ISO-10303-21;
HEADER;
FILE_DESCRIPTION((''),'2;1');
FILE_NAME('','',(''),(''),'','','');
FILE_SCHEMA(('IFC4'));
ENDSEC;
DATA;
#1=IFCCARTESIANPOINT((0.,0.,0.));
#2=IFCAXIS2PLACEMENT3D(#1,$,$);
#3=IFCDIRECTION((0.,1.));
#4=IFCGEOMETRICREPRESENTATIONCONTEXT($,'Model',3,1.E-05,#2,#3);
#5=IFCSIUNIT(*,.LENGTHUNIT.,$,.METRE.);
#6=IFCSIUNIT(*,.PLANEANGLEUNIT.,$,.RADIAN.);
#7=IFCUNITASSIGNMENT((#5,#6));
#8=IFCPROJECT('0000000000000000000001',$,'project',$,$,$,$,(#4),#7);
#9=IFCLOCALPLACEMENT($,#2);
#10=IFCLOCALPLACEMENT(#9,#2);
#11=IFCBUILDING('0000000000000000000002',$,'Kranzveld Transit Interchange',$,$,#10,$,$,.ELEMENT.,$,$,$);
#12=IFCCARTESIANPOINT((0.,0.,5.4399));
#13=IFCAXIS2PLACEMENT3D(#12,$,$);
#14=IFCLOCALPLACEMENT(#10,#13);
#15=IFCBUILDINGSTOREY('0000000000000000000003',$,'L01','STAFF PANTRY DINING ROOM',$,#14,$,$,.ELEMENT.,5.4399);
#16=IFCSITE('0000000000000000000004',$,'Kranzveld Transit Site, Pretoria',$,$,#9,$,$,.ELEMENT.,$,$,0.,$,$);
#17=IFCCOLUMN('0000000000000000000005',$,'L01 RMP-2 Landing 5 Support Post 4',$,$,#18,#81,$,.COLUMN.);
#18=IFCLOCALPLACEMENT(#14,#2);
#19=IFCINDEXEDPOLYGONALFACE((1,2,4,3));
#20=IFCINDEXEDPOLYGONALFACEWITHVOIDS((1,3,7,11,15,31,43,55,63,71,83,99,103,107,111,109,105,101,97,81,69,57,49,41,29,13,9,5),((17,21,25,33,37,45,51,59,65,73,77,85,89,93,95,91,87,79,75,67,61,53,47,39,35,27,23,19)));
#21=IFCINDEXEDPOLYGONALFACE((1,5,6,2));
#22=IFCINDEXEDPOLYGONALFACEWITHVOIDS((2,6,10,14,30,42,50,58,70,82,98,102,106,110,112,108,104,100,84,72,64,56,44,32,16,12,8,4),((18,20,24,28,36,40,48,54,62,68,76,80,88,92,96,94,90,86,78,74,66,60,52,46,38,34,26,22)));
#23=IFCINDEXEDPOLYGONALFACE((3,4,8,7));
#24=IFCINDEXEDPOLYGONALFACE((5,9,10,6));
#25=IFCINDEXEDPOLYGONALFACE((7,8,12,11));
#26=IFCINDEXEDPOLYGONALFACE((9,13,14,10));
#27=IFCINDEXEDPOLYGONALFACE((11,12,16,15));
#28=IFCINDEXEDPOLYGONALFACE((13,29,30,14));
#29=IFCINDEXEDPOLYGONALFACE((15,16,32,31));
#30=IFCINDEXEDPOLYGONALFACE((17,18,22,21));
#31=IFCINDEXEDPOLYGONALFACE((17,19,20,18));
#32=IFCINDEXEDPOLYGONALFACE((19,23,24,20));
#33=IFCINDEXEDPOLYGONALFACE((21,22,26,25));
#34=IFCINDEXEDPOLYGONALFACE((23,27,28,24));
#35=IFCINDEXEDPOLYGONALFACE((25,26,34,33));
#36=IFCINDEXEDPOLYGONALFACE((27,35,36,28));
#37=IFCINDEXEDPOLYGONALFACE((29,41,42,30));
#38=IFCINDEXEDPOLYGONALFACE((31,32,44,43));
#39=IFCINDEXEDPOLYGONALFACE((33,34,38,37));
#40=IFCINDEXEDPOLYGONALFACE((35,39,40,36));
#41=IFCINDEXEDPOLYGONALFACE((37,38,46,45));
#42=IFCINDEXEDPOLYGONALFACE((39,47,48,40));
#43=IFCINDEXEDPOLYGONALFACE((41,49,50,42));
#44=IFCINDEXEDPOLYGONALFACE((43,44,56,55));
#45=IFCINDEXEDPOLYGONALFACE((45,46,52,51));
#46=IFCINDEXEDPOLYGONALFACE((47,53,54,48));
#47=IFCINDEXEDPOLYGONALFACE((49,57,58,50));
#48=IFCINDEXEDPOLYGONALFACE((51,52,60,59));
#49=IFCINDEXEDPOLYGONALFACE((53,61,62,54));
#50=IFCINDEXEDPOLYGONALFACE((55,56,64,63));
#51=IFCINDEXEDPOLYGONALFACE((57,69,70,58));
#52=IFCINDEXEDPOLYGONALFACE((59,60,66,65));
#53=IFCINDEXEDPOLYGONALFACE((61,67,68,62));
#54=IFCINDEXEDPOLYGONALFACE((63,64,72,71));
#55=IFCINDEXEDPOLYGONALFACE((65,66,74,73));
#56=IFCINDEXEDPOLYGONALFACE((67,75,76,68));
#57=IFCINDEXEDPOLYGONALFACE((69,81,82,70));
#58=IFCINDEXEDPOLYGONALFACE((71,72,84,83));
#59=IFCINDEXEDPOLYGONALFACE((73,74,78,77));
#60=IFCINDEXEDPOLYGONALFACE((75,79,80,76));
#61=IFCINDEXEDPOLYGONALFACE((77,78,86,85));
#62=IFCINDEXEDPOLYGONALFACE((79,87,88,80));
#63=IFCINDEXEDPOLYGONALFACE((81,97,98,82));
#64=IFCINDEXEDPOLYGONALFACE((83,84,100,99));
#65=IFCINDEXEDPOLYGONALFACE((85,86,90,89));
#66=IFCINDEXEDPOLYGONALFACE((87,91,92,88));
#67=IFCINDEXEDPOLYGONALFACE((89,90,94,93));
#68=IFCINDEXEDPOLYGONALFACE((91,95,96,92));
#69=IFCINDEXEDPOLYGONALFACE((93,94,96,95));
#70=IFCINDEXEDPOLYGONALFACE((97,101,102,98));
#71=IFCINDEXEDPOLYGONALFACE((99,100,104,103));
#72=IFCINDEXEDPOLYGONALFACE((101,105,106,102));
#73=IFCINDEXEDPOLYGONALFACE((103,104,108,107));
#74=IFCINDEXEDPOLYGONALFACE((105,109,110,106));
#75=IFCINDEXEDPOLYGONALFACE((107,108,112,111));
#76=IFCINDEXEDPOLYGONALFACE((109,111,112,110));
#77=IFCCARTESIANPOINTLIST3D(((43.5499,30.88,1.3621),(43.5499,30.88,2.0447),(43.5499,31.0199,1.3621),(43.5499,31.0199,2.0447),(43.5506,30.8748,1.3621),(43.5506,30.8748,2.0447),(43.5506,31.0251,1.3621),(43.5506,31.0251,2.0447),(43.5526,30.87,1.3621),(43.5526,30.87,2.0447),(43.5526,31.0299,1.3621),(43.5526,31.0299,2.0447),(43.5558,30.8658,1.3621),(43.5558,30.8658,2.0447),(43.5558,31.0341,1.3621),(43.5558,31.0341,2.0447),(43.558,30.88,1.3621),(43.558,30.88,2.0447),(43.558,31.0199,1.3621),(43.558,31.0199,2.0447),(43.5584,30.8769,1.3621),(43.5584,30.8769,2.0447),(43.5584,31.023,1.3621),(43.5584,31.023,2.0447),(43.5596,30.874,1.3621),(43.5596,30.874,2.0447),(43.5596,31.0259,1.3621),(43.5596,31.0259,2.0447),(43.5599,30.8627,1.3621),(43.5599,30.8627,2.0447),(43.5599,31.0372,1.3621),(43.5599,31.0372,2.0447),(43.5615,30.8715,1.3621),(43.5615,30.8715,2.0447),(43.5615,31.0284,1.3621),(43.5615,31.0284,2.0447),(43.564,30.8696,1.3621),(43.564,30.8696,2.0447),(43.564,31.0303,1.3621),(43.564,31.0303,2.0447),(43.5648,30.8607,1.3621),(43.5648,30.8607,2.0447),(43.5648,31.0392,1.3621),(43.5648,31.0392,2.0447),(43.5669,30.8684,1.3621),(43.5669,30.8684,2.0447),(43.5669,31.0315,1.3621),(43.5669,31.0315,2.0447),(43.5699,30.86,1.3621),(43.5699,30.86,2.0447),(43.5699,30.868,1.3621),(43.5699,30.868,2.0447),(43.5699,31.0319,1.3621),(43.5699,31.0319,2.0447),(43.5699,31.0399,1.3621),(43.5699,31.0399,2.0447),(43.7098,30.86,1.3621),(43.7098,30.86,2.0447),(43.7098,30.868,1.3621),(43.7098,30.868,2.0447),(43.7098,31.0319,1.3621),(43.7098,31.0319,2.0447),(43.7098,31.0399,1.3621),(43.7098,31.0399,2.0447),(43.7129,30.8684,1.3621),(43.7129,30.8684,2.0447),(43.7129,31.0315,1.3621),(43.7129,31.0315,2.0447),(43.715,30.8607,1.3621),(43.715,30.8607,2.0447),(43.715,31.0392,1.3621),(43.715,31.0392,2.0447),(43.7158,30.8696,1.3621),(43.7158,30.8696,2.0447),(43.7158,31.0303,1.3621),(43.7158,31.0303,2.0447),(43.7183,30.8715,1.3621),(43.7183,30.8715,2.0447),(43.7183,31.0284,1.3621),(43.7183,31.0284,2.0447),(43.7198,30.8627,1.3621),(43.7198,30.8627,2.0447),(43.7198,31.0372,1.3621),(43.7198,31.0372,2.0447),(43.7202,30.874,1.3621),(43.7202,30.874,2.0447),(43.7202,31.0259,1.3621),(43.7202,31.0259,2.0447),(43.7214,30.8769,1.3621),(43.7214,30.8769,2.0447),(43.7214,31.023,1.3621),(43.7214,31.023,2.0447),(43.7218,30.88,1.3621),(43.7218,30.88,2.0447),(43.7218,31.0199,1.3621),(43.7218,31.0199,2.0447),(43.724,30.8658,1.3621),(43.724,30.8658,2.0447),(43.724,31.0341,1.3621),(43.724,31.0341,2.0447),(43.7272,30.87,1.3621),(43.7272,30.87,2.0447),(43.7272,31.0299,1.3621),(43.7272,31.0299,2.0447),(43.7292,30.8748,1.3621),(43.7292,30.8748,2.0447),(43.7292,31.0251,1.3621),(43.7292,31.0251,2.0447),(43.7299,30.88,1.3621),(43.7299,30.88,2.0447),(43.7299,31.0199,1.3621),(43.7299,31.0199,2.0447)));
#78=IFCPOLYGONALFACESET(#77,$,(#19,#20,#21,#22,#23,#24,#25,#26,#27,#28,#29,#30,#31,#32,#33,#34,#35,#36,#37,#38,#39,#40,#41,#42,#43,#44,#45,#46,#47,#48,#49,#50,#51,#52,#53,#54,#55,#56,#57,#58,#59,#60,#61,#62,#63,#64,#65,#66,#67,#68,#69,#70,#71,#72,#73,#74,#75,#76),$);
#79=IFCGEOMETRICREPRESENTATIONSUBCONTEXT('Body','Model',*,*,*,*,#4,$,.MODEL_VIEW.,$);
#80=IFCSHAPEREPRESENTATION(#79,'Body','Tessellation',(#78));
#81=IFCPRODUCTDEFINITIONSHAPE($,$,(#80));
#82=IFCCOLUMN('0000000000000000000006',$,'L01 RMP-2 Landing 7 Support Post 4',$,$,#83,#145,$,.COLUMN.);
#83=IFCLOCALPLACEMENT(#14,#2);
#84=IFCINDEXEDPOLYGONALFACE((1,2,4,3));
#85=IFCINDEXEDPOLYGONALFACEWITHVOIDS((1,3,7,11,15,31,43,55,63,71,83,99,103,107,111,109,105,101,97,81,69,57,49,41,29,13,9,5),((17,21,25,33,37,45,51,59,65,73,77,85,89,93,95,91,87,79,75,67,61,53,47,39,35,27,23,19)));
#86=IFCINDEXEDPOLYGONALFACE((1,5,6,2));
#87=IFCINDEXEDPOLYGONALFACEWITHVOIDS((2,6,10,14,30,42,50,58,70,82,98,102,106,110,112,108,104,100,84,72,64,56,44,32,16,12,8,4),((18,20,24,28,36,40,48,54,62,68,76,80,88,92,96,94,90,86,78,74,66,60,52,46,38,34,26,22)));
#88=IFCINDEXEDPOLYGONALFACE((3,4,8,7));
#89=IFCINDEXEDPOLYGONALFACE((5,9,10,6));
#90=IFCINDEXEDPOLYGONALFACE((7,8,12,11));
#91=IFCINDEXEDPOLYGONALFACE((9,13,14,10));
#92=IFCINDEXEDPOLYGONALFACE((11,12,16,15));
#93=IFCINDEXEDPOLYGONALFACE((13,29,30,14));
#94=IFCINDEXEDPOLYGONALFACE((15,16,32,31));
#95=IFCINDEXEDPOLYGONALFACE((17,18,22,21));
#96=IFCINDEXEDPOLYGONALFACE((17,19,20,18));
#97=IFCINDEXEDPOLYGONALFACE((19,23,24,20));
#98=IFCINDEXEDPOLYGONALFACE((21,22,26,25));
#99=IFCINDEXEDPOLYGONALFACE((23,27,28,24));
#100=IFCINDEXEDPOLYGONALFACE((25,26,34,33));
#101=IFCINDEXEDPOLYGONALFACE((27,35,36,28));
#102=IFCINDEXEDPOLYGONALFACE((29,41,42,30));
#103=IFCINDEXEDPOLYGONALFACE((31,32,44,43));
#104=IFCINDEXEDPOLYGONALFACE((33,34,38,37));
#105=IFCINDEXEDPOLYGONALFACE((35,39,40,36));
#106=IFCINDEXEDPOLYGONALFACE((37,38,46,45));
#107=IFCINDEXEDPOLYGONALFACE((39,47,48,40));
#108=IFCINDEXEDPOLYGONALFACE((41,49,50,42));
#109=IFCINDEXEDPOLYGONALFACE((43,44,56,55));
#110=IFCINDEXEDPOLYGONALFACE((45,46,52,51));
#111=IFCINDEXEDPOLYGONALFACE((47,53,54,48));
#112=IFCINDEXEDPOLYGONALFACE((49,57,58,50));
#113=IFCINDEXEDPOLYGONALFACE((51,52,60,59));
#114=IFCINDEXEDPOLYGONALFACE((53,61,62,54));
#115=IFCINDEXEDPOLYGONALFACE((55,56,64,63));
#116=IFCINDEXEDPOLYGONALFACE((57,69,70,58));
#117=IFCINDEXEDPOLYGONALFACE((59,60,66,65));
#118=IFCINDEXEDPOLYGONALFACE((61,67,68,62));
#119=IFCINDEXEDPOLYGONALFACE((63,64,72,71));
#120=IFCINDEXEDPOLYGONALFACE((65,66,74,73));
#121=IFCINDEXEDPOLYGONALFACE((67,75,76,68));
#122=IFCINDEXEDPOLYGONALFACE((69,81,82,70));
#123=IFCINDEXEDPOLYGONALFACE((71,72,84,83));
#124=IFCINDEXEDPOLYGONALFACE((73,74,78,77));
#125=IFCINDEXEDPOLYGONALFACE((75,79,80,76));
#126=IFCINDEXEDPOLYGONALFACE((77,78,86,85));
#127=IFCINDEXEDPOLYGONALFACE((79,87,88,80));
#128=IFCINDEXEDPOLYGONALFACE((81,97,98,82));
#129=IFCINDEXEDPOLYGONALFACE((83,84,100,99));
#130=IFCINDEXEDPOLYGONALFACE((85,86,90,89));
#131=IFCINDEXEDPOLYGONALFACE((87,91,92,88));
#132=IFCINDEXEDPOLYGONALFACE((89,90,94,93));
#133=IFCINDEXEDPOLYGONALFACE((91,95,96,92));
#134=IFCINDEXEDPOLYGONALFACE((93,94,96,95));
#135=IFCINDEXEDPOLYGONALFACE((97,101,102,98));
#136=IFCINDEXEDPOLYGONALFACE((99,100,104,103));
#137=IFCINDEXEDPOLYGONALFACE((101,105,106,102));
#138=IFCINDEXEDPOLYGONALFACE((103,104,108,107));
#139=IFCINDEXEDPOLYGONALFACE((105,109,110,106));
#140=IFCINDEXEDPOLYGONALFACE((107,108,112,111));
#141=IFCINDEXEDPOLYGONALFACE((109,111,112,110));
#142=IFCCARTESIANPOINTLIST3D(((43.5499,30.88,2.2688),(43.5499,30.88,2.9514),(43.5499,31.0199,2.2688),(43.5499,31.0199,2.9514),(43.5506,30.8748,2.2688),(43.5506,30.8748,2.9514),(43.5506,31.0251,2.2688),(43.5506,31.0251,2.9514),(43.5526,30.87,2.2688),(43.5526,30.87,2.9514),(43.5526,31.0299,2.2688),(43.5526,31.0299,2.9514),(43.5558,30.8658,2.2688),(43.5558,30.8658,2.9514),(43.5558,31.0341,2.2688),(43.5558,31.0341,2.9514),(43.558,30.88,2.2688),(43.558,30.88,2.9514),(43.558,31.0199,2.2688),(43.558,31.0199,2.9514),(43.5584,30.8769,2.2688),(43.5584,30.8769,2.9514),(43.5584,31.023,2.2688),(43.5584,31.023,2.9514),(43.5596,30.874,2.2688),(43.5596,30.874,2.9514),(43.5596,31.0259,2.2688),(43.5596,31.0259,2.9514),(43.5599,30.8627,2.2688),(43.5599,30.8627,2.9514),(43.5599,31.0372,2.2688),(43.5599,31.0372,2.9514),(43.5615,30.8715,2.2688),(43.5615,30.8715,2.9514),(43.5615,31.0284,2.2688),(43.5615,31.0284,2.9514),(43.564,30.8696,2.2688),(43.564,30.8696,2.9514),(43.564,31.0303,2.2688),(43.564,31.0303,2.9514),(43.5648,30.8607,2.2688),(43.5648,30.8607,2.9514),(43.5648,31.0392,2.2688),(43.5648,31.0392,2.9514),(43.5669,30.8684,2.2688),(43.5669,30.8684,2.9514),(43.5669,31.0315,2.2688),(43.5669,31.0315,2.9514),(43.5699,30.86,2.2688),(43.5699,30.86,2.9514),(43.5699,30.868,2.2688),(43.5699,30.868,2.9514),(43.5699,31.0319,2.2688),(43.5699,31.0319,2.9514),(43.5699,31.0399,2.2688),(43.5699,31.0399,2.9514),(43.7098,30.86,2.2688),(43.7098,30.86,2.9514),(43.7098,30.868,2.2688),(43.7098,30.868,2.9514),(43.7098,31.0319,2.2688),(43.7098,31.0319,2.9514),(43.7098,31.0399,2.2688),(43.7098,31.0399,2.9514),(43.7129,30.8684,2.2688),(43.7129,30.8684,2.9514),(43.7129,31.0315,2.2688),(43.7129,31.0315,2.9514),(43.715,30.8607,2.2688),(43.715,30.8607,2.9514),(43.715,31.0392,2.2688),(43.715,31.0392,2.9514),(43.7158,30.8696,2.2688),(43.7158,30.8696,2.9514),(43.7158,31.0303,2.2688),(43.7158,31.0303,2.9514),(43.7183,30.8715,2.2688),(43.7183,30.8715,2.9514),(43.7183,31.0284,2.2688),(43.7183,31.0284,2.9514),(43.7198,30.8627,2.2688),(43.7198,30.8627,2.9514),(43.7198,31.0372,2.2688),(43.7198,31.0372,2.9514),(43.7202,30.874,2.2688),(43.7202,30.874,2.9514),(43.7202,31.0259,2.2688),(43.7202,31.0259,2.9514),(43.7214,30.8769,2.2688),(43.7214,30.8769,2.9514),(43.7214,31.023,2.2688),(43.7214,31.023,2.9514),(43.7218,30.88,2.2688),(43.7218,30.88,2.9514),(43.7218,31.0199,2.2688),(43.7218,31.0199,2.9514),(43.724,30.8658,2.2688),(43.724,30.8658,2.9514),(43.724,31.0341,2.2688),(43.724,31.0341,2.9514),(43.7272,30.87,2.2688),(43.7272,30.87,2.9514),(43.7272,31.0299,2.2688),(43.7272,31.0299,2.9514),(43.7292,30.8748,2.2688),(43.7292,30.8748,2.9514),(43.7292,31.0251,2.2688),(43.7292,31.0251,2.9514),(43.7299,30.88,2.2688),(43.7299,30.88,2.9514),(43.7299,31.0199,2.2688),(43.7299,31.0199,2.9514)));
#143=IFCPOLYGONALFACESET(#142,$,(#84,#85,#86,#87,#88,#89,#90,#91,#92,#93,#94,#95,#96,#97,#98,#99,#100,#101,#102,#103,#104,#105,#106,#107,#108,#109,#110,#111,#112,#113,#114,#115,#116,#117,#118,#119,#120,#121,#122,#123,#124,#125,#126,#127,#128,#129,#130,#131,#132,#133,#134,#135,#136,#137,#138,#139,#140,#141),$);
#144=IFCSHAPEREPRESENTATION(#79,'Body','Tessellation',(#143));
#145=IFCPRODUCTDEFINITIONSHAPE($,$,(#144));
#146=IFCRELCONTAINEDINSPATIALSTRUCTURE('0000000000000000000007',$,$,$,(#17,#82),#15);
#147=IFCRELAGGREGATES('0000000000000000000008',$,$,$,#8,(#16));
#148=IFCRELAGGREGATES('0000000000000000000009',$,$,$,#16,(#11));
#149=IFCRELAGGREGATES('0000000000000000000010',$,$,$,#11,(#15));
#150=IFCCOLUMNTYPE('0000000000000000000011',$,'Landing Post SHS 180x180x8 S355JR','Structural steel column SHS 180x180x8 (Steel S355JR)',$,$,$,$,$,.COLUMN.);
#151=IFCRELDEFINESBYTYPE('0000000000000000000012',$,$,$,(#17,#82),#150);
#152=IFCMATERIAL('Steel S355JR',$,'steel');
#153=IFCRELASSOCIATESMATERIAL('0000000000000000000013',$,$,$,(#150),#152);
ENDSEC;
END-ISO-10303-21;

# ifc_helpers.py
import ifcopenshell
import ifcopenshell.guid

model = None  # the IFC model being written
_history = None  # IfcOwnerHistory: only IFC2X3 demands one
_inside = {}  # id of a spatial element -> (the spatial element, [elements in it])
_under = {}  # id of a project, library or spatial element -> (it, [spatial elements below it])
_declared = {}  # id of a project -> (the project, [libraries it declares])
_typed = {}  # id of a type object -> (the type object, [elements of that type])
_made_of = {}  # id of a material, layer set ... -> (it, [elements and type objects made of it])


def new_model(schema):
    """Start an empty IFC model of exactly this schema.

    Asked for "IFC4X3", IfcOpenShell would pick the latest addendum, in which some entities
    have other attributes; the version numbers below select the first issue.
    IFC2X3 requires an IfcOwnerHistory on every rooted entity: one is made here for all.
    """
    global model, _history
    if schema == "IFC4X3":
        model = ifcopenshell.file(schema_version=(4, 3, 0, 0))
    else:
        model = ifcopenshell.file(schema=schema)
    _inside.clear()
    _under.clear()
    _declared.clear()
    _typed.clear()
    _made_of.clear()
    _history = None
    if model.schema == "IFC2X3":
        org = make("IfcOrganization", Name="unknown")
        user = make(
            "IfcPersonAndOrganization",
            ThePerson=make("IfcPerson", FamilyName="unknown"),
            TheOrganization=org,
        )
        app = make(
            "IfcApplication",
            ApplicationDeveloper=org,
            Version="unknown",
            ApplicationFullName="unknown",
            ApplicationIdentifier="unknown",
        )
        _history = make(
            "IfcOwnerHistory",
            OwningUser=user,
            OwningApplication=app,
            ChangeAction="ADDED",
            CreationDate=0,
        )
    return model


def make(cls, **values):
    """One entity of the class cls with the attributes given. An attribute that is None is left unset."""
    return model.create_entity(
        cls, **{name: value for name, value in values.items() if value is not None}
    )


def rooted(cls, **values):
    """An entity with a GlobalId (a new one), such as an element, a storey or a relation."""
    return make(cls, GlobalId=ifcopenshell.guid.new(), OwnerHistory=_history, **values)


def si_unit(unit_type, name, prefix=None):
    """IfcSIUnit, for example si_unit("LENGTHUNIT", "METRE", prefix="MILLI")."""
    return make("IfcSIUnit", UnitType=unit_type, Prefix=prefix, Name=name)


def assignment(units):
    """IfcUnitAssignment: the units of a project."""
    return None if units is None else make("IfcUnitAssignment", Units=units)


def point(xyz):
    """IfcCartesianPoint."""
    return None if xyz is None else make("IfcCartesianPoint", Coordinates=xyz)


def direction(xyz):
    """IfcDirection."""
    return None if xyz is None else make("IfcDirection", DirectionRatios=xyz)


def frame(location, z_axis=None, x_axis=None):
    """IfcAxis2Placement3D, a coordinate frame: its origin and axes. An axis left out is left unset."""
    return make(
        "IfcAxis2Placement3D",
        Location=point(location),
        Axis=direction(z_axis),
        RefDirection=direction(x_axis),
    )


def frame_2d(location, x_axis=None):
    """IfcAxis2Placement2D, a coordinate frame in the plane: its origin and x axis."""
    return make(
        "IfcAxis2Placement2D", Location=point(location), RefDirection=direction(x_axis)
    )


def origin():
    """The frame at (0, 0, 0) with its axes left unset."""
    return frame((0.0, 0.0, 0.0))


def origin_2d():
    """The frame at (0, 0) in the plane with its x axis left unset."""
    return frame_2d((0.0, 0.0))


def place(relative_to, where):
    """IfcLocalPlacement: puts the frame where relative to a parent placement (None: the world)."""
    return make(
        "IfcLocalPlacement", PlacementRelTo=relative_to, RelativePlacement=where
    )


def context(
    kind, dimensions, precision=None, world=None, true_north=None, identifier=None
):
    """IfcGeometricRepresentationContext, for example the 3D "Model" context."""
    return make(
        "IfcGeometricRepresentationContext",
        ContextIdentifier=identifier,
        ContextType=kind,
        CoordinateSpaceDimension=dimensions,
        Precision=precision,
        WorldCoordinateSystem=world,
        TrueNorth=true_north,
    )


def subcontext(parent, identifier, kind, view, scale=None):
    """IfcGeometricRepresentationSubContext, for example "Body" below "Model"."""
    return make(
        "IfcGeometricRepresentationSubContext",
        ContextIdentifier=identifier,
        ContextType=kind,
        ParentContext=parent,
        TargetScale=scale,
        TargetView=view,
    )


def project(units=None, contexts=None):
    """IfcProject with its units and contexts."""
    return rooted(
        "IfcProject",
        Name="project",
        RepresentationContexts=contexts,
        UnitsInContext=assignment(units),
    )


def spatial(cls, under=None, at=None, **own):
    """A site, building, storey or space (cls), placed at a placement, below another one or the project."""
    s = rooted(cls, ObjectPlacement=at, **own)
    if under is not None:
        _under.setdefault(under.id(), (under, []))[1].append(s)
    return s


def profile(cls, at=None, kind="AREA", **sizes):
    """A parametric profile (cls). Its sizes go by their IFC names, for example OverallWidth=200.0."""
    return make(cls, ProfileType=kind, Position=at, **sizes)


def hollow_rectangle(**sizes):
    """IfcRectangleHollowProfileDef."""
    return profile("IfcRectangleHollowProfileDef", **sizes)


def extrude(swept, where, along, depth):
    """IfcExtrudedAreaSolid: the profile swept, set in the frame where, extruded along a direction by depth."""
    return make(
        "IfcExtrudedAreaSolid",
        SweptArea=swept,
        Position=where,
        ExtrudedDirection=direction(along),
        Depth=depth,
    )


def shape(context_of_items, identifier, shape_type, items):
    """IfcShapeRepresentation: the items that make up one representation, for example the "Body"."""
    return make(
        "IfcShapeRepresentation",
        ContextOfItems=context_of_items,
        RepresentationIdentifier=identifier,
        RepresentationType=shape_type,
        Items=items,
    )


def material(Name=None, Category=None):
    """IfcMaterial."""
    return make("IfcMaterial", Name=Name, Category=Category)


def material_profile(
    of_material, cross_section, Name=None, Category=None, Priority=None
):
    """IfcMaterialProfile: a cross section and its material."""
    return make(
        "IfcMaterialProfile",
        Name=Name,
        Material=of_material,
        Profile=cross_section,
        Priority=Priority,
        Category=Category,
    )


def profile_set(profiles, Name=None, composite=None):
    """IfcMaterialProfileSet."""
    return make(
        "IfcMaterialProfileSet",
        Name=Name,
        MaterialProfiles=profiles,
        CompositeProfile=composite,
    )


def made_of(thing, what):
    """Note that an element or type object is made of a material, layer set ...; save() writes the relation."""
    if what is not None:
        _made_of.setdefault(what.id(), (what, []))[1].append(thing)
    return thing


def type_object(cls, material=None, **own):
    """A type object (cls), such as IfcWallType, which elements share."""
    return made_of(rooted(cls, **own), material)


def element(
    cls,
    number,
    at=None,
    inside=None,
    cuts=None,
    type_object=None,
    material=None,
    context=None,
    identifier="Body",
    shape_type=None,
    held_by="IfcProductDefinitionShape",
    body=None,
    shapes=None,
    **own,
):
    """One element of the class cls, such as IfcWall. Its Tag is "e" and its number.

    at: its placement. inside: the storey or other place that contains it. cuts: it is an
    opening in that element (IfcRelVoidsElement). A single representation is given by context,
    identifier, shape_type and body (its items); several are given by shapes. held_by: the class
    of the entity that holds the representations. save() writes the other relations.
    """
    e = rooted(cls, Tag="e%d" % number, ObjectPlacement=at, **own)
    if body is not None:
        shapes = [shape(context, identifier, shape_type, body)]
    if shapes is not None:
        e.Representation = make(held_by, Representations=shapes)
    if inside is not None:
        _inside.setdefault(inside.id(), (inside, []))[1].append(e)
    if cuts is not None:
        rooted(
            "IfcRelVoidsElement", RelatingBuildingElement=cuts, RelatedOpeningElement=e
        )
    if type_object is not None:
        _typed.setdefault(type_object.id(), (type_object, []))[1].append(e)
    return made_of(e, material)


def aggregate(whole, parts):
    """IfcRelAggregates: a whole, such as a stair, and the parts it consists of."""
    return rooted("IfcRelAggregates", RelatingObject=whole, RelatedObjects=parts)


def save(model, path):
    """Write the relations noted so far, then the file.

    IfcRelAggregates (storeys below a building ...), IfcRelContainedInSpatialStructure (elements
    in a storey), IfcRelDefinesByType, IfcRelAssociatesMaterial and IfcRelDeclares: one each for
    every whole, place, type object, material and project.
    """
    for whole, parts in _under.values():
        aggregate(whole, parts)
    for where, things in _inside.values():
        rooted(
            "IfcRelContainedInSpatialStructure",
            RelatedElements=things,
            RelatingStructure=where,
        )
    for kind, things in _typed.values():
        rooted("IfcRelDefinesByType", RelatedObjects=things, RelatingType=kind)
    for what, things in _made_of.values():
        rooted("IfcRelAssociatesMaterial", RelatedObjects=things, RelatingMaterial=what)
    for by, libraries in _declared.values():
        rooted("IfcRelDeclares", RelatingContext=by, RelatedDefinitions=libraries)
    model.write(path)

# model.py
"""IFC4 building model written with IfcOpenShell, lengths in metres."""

from ifc_helpers import new_model, si_unit, direction, frame, origin, origin_2d, place, context, subcontext, project, spatial, hollow_rectangle, extrude, material, material_profile, profile_set, type_object, element, save


model = new_model("IFC4")

# Units and contexts
model_context = context("Model", 3, precision=1e-05, world=origin(), true_north=direction((0.0, 1.0)))
body_context = subcontext(model_context, "Body", "Model", "MODEL_VIEW")
ifc_project = project(units=[si_unit("LENGTHUNIT", "METRE"), si_unit("PLANEANGLEUNIT", "RADIAN")], contexts=[model_context])

# Site, building, storey
site_placement = place(None, origin())
site = spatial("IfcSite", under=ifc_project, at=site_placement, Name="Kranzveld Transit Site, Pretoria", CompositionType="ELEMENT", RefElevation=0.0)
building_placement = place(site_placement, origin())
building = spatial("IfcBuilding", under=site, at=building_placement, Name="Kranzveld Transit Interchange", CompositionType="ELEMENT")
storey_placement = place(building_placement, frame((0.0, 0.0, 5.4399)))
storey = spatial("IfcBuildingStorey", under=building, at=storey_placement, Name="L01", Description="STAFF PANTRY DINING ROOM", CompositionType="ELEMENT", Elevation=5.4399)

# Columns
ifc_material_1 = material(Name="Steel S355JR", Category="steel")
ifc_material_profile_1 = material_profile(ifc_material_1, hollow_rectangle(XDim=0.1799, YDim=0.1799, WallThickness=0.0081, InnerFilletRadius=0.012, OuterFilletRadius=0.02, at=origin_2d()), Name="SHS 180x180x8")
ifc_profile_set_1 = profile_set([ifc_material_profile_1], Name="Steel S355JR")
column_type = type_object("IfcColumnType", Name="Landing Post SHS 180x180x8 S355JR", Description="Structural steel column SHS 180x180x8 (Steel S355JR)", PredefinedType="COLUMN", material=ifc_profile_set_1)
for number, where, z_axis, x_axis, name in (
    (1, (43.6399, 30.95, 1.3621), (0.0, 0.0, 1.0), (1.0, 0.0, 0.0), "L01 RMP-2 Landing 5 Support Post 4"),
    (2, (43.6399, 30.95, 2.2688), (0.0, 0.0, 1.0), (1.0, 0.0, 0.0), "L01 RMP-2 Landing 7 Support Post 4"),
):
    element("IfcColumn", number, at=place(storey_placement, frame(where, z_axis=z_axis, x_axis=x_axis)), inside=storey, type_object=column_type, Name=name, PredefinedType="COLUMN", context=body_context, shape_type="SweptSolid", body=[
        extrude(hollow_rectangle(XDim=0.1799, YDim=0.1799, WallThickness=0.0081, InnerFilletRadius=0.012, OuterFilletRadius=0.02, at=origin_2d()), origin(), (0.0, 0.0, 1.0), 0.6826),
    ])

save(model, "model.ifc")
